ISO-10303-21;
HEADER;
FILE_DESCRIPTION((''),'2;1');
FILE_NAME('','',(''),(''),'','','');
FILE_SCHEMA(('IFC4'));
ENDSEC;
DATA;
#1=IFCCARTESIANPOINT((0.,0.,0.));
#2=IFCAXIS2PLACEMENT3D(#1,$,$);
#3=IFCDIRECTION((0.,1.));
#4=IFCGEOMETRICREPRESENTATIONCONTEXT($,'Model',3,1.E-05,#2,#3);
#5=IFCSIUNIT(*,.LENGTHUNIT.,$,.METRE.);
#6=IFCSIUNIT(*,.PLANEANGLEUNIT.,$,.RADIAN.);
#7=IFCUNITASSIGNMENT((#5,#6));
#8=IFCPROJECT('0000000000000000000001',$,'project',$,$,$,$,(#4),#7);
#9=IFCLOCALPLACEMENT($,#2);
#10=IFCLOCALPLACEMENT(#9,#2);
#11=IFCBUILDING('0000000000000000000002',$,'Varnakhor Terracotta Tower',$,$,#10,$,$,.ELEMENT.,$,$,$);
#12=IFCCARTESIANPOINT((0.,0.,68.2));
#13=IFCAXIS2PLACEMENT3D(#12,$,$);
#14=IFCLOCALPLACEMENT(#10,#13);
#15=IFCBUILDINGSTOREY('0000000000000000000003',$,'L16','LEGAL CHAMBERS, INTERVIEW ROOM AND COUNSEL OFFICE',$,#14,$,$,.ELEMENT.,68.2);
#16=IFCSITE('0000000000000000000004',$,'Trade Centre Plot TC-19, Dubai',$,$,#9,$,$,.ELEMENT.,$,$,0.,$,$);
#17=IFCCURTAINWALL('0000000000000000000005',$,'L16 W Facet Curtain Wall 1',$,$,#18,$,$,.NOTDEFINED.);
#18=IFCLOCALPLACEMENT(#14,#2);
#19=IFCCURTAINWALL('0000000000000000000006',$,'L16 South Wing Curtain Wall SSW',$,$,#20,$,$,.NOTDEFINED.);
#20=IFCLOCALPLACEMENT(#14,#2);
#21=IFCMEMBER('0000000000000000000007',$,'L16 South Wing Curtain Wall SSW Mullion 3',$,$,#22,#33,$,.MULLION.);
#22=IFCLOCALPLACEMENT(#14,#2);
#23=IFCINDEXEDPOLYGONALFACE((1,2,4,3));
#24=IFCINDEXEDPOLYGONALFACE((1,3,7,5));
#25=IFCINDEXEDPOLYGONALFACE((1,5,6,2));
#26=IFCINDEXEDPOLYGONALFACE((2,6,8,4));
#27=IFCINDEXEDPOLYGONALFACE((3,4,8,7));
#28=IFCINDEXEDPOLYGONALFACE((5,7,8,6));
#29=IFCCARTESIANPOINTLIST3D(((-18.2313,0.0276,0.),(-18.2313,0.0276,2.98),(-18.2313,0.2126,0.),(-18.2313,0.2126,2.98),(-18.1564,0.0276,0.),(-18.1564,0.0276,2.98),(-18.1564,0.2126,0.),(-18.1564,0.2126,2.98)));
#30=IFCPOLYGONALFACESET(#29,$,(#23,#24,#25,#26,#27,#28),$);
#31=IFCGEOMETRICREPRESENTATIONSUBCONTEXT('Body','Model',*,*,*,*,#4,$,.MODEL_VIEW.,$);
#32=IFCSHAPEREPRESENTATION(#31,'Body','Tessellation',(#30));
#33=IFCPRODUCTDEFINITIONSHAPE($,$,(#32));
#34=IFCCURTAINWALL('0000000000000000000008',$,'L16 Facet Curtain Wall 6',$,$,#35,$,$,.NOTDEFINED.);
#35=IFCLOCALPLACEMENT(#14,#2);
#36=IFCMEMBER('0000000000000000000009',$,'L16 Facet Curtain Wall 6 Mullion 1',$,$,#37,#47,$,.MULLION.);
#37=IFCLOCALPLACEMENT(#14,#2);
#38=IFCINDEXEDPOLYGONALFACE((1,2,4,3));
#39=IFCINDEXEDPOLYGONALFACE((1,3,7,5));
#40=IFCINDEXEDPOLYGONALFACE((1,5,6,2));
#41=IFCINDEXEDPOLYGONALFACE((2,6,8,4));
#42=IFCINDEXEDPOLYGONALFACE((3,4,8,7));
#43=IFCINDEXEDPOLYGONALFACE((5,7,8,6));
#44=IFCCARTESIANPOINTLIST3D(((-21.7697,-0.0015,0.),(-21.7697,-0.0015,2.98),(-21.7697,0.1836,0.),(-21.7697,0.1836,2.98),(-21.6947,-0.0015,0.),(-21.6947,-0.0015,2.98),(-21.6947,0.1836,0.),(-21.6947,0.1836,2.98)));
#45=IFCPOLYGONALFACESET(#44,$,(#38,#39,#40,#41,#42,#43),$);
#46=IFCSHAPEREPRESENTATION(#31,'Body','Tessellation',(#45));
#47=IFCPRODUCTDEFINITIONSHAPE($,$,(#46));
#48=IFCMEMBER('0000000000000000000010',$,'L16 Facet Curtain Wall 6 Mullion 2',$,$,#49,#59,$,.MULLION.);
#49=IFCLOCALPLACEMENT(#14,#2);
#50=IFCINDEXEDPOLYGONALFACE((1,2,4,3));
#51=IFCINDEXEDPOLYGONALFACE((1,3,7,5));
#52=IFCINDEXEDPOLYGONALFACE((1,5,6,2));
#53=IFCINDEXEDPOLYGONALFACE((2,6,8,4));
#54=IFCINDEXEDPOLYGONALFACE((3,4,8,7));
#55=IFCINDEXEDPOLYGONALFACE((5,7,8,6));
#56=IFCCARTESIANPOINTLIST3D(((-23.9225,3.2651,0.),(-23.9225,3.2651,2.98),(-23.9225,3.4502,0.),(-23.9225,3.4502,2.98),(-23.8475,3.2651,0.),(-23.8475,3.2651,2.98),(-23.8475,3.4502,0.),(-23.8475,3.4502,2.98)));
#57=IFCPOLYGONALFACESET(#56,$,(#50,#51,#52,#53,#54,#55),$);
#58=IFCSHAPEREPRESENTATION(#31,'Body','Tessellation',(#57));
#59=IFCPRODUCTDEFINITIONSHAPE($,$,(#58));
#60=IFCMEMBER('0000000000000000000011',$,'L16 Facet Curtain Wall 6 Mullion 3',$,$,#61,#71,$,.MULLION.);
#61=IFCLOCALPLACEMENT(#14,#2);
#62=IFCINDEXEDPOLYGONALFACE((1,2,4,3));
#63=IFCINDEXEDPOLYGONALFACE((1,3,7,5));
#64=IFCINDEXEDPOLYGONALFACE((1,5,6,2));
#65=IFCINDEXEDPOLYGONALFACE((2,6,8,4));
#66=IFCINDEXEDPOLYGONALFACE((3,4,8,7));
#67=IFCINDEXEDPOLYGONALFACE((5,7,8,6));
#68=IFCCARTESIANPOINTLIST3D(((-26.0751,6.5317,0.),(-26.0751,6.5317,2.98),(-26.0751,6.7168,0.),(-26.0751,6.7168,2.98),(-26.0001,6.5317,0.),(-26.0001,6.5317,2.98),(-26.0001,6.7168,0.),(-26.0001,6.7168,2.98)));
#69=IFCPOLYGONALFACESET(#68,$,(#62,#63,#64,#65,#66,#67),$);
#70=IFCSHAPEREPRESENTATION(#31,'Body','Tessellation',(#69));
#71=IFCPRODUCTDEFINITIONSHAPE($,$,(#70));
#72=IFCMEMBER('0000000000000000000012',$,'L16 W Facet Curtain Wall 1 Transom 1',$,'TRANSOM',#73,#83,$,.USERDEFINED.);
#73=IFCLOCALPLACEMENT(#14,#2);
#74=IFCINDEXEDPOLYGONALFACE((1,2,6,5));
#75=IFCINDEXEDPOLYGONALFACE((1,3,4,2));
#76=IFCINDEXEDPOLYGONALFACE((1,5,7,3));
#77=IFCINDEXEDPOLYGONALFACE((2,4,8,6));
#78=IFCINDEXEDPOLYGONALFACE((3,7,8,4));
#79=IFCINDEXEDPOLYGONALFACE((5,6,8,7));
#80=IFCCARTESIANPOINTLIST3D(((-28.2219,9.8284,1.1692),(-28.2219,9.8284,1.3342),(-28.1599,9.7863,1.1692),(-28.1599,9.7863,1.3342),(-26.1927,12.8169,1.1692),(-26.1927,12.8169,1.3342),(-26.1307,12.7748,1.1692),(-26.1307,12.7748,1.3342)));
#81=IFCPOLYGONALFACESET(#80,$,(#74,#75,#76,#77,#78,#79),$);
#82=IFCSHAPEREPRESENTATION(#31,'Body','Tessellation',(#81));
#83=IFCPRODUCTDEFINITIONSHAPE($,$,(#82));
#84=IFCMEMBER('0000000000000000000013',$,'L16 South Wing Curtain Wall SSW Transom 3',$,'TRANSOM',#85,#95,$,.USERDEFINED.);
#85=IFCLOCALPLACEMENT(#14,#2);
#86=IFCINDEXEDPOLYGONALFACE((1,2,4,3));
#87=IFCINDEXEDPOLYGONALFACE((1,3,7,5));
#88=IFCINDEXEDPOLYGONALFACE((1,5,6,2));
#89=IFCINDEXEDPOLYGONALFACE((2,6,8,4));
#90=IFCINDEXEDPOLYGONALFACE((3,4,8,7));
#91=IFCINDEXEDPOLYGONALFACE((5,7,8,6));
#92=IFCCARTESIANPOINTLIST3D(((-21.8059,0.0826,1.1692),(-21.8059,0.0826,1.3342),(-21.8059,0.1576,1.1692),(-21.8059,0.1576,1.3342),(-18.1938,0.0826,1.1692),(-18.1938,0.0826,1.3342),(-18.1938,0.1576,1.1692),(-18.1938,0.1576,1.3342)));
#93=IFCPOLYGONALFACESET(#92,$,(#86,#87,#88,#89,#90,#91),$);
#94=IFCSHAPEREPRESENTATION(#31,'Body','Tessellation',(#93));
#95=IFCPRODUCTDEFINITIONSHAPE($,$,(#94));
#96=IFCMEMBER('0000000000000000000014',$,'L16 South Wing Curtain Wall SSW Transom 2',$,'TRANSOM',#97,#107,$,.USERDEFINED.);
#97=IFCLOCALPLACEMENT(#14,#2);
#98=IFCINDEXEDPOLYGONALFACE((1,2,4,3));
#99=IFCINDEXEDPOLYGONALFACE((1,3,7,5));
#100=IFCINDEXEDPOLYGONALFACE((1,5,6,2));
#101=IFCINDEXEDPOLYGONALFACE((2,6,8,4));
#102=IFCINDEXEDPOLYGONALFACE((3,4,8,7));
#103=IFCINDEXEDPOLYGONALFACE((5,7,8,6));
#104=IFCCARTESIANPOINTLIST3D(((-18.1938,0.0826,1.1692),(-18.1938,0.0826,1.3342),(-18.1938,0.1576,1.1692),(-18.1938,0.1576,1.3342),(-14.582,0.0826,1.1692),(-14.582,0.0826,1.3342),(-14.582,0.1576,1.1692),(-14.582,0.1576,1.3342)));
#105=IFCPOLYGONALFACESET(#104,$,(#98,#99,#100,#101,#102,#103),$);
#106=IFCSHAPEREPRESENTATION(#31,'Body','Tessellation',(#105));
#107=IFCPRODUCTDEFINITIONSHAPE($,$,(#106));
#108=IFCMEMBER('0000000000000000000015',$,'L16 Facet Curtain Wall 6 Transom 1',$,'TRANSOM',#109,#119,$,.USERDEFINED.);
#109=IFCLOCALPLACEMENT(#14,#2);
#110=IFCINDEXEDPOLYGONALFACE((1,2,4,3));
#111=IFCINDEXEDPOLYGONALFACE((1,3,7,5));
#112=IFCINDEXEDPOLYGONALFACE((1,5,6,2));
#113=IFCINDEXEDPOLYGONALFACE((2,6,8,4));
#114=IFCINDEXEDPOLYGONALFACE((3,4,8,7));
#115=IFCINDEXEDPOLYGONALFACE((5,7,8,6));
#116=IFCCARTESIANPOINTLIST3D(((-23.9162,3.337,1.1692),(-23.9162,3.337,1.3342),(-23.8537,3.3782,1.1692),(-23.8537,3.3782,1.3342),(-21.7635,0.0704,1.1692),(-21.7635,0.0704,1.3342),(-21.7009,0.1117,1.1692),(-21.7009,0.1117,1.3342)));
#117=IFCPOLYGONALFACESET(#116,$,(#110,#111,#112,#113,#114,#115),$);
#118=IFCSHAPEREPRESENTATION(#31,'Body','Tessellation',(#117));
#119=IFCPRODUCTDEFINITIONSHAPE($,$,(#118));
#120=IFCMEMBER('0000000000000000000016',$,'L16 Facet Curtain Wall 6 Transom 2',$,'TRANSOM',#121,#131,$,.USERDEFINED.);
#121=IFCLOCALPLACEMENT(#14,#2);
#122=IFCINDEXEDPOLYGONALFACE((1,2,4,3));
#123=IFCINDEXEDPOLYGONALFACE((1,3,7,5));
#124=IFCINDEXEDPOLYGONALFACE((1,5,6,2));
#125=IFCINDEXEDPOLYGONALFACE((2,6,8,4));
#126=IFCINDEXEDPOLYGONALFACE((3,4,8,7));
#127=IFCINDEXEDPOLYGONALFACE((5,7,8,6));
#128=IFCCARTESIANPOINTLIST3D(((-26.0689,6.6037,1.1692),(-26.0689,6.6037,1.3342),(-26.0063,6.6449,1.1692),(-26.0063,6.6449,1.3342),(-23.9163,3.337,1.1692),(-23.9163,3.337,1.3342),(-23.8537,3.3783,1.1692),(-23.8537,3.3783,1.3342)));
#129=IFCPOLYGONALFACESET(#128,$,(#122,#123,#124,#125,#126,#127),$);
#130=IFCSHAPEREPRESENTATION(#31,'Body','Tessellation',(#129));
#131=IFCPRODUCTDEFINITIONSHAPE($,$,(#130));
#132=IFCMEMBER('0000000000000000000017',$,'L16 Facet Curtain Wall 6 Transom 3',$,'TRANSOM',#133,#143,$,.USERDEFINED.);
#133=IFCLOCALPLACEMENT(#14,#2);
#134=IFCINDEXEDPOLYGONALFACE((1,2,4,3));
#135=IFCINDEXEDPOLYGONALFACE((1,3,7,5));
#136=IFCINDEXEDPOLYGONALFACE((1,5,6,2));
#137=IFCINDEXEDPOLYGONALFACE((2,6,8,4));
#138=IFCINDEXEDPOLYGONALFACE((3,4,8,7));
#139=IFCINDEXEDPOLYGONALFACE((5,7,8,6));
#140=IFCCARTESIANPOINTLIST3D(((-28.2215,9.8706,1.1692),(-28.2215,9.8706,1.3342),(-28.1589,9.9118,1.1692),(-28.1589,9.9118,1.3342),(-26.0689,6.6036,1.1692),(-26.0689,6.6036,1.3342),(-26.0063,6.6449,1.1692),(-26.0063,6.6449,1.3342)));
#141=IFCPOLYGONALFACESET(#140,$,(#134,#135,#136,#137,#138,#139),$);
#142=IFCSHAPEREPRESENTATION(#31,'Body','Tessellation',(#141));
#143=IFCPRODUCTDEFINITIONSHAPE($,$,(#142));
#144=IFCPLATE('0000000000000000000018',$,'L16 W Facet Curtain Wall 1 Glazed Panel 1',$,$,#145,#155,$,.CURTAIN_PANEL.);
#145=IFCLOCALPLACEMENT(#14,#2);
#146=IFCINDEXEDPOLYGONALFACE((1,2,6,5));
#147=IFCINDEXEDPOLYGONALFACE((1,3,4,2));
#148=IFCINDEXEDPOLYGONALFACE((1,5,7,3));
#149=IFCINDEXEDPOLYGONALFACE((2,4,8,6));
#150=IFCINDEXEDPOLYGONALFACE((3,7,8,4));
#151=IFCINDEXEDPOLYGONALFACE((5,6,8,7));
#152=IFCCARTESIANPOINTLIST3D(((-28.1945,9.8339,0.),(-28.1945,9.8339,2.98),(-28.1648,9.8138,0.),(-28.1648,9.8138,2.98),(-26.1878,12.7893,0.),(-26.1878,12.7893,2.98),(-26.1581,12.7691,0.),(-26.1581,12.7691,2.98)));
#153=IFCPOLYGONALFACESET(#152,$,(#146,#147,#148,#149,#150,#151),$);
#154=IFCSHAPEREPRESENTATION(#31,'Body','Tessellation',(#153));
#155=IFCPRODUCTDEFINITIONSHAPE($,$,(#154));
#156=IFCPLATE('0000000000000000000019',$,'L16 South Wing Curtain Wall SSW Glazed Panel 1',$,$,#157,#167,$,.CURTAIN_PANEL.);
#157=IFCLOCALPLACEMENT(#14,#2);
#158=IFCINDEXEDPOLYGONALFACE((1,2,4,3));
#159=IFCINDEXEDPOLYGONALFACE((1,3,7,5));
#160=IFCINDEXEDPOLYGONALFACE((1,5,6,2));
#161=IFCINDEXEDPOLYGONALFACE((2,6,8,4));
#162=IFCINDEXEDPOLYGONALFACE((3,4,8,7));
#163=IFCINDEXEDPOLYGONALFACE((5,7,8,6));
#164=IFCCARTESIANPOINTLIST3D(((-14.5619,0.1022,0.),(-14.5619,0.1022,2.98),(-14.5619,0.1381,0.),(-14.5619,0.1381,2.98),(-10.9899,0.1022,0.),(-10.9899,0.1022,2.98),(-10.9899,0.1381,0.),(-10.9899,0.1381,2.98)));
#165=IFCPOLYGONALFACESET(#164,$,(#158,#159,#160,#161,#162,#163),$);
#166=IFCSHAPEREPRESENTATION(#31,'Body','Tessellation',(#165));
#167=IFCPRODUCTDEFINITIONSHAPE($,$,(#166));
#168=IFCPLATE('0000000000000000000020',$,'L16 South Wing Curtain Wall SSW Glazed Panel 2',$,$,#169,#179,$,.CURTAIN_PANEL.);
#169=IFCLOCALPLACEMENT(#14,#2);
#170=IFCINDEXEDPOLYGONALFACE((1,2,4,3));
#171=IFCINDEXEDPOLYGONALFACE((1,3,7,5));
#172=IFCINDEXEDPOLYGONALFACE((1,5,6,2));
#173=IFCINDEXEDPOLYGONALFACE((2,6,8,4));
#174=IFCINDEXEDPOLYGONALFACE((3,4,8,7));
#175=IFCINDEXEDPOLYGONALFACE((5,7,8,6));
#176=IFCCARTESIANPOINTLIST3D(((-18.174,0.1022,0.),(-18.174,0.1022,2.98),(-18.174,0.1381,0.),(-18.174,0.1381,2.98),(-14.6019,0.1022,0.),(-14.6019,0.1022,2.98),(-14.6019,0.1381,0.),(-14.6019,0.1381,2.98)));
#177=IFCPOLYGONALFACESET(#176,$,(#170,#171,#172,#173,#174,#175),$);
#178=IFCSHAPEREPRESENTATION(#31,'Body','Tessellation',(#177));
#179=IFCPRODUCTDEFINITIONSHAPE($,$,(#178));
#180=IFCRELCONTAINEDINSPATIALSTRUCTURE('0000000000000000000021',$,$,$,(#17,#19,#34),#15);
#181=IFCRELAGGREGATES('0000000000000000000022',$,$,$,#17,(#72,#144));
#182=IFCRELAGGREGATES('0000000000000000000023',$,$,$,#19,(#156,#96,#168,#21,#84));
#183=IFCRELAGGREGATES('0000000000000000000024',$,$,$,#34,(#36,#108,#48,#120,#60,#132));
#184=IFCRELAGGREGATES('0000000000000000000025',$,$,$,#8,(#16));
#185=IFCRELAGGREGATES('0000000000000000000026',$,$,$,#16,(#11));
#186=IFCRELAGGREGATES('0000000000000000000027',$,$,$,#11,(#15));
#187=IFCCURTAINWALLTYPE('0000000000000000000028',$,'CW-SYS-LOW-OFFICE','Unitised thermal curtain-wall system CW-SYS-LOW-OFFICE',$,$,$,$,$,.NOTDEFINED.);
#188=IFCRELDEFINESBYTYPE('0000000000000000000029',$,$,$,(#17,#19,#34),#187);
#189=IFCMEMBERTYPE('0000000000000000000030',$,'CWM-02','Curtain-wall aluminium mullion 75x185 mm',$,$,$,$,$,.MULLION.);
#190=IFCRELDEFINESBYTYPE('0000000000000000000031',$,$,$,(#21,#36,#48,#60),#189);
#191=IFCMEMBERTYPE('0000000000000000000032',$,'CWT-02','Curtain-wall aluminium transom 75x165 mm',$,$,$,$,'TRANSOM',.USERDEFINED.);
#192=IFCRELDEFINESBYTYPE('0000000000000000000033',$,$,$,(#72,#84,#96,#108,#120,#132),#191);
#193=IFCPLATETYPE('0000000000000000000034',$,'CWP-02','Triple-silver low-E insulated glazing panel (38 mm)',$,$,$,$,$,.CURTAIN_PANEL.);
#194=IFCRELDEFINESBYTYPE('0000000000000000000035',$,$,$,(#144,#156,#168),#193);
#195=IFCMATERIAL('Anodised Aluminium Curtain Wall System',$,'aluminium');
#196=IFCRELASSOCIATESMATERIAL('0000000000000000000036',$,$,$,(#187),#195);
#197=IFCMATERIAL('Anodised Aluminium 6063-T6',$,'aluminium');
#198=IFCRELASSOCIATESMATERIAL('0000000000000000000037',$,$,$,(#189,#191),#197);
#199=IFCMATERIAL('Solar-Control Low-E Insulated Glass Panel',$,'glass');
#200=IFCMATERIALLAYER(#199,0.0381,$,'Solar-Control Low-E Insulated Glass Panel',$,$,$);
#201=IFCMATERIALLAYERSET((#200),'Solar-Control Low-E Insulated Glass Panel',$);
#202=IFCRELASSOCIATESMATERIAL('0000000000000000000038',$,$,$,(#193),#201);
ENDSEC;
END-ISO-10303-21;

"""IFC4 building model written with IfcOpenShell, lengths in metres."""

from ifc_helpers import new_model, si_unit, direction, frame, origin, origin_2d, place, context, subcontext, project, spatial, rectangle, extrude, source, transform, mapped, material, layer, layer_set, material_profile, profile_set, type_object, element, aggregate, save


model = new_model("IFC4")

# Units and contexts
model_context = context("Model", 3, precision=1e-05, world=origin(), true_north=direction((0.0, 1.0)))
body_context = subcontext(model_context, "Body", "Model", "MODEL_VIEW")
ifc_project = project(units=[si_unit("LENGTHUNIT", "METRE"), si_unit("PLANEANGLEUNIT", "RADIAN")], contexts=[model_context])

# Site, building, storey
site_placement = place(None, origin())
site = spatial("IfcSite", under=ifc_project, at=site_placement, Name="Trade Centre Plot TC-19, Dubai", CompositionType="ELEMENT", RefElevation=0.0)
building_placement = place(site_placement, origin())
building = spatial("IfcBuilding", under=site, at=building_placement, Name="Varnakhor Terracotta Tower", CompositionType="ELEMENT")
storey_placement = place(building_placement, frame((0.0, 0.0, 68.2)))
storey = spatial("IfcBuildingStorey", under=building, at=storey_placement, Name="L16", Description="LEGAL CHAMBERS, INTERVIEW ROOM AND COUNSEL OFFICE", CompositionType="ELEMENT", Elevation=68.2)

# Curtain wall
ifc_material_1 = material(Name="Anodised Aluminium Curtain Wall System", Category="aluminium")
curtain_wall_type = type_object("IfcCurtainWallType", Name="CW-SYS-LOW-OFFICE", Description="Unitised thermal curtain-wall system CW-SYS-LOW-OFFICE", PredefinedType="NOTDEFINED", material=ifc_material_1)
curtain_wall_1_placement = place(storey_placement, origin())
curtain_wall_1 = element("IfcCurtainWall", 1, at=curtain_wall_1_placement, inside=storey, type_object=curtain_wall_type, Name="L16 W Facet Curtain Wall 1", PredefinedType="NOTDEFINED")
ifc_material_2 = material(Name="Anodised Aluminium 6063-T6", Category="aluminium")
ifc_material_profile_1 = material_profile(ifc_material_2, rectangle(XDim=0.075, YDim=0.1851, at=origin_2d()), Name="ALU MULLION 75x185")
ifc_profile_set_1 = profile_set([ifc_material_profile_1], Name="Anodised Aluminium 6063-T6")
member_type_1 = type_object("IfcMemberType", Name="CWM-02", Description="Curtain-wall aluminium mullion 75x185 mm", PredefinedType="MULLION", material=ifc_profile_set_1)
shared_shape_1 = source(origin(), body_context, "Body", "SweptSolid", [
    extrude(rectangle(XDim=0.075, YDim=0.1851, at=origin_2d()), origin(), (0.0, 0.0, 1.0), 2.98),
])

# Curtain walls, members
curtain_wall_2_placement = place(storey_placement, origin())
curtain_wall_2 = element("IfcCurtainWall", 2, at=curtain_wall_2_placement, inside=storey, type_object=curtain_wall_type, Name="L16 South Wing Curtain Wall SSW", PredefinedType="NOTDEFINED")
member_1_placement = place(storey_placement, frame((-18.1938, 0.1201, 0.0), z_axis=(0.0, 0.0, 1.0), x_axis=(1.0, 0.0, 0.0)))
member_1 = element("IfcMember", 3, at=member_1_placement, type_object=member_type_1, Name="L16 South Wing Curtain Wall SSW Mullion 3", PredefinedType="MULLION", context=body_context, shape_type="MappedRepresentation", body=[
    mapped(shared_shape_1, transform((0.0, 0.0, 0.0), scale=1.0)),
])
curtain_wall_3_placement = place(storey_placement, origin())
curtain_wall_3 = element("IfcCurtainWall", 4, at=curtain_wall_3_placement, inside=storey, type_object=curtain_wall_type, Name="L16 Facet Curtain Wall 6", PredefinedType="NOTDEFINED")
member_2_placement = place(storey_placement, frame((-21.7322, 0.0911, 0.0), z_axis=(0.0, 0.0, 1.0), x_axis=(1.0, 0.0, 0.0)))
member_2 = element("IfcMember", 5, at=member_2_placement, type_object=member_type_1, Name="L16 Facet Curtain Wall 6 Mullion 1", PredefinedType="MULLION", context=body_context, shape_type="MappedRepresentation", body=[
    mapped(shared_shape_1, transform((0.0, 0.0, 0.0), scale=1.0)),
])
member_3_placement = place(storey_placement, frame((-23.885, 3.3577, 0.0), z_axis=(0.0, 0.0, 1.0), x_axis=(1.0, 0.0, 0.0)))
member_3 = element("IfcMember", 6, at=member_3_placement, type_object=member_type_1, Name="L16 Facet Curtain Wall 6 Mullion 2", PredefinedType="MULLION", context=body_context, shape_type="MappedRepresentation", body=[
    mapped(shared_shape_1, transform((0.0, 0.0, 0.0), scale=1.0)),
])
member_4_placement = place(storey_placement, frame((-26.0376, 6.6243, 0.0), z_axis=(0.0, 0.0, 1.0), x_axis=(1.0, 0.0, 0.0)))
member_4 = element("IfcMember", 7, at=member_4_placement, type_object=member_type_1, Name="L16 Facet Curtain Wall 6 Mullion 3", PredefinedType="MULLION", context=body_context, shape_type="MappedRepresentation", body=[
    mapped(shared_shape_1, transform((0.0, 0.0, 0.0), scale=1.0)),
])

# Members
ifc_material_profile_2 = material_profile(ifc_material_2, rectangle(XDim=0.075, YDim=0.165, at=origin_2d()), Name="ALU TRANSOM 75x165")
ifc_profile_set_2 = profile_set([ifc_material_profile_2], Name="Anodised Aluminium 6063-T6")
member_type_2 = type_object("IfcMemberType", Name="CWT-02", Description="Curtain-wall aluminium transom 75x165 mm", ElementType="TRANSOM", PredefinedType="USERDEFINED", material=ifc_profile_set_2)
shared_shape_2 = source(origin(), body_context, "Body", "SweptSolid", [
    extrude(rectangle(XDim=0.075, YDim=0.165, at=origin_2d()), origin(), (0.0, 0.0, 1.0), 3.6123),
])
member_5_placement = place(storey_placement, frame((-28.1909, 9.8074, 1.2517), z_axis=(0.561761, 0.8273, 0.0), x_axis=(-0.8273, 0.561761, 0.0)))
member_5 = element("IfcMember", 8, at=member_5_placement, type_object=member_type_2, Name="L16 W Facet Curtain Wall 1 Transom 1", ObjectType="TRANSOM", PredefinedType="USERDEFINED", context=body_context, shape_type="MappedRepresentation", body=[
    mapped(shared_shape_2, transform((0.0, 0.0, 0.0), scale=1.0)),
])
shared_shape_3 = source(origin(), body_context, "Body", "SweptSolid", [
    extrude(rectangle(XDim=0.075, YDim=0.165, at=origin_2d()), origin(), (0.0, 0.0, 1.0), 3.6121),
])
member_6_placement = place(storey_placement, frame((-18.1938, 0.1201, 1.2517), z_axis=(-1.0, 0.0, 0.0), x_axis=(0.0, -1.0, 0.0)))
member_6 = element("IfcMember", 9, at=member_6_placement, type_object=member_type_2, Name="L16 South Wing Curtain Wall SSW Transom 3", ObjectType="TRANSOM", PredefinedType="USERDEFINED", context=body_context, shape_type="MappedRepresentation", body=[
    mapped(shared_shape_3, transform((0.0, 0.0, 0.0), scale=1.0)),
])
shared_shape_4 = source(origin(), body_context, "Body", "SweptSolid", [
    extrude(rectangle(XDim=0.075, YDim=0.165, at=origin_2d()), origin(), (0.0, 0.0, 1.0), 3.6118),
])
member_7_placement = place(storey_placement, frame((-14.582, 0.1201, 1.2517), z_axis=(-1.0, 0.0, 0.0), x_axis=(0.0, -1.0, 0.0)))
member_7 = element("IfcMember", 10, at=member_7_placement, type_object=member_type_2, Name="L16 South Wing Curtain Wall SSW Transom 2", ObjectType="TRANSOM", PredefinedType="USERDEFINED", context=body_context, shape_type="MappedRepresentation", body=[
    mapped(shared_shape_4, transform((0.0, 0.0, 0.0), scale=1.0)),
])
shared_shape_5 = source(origin(), body_context, "Body", "SweptSolid", [
    extrude(rectangle(XDim=0.075, YDim=0.165, at=origin_2d()), origin(), (0.0, 0.0, 1.0), 3.9121),
])
member_8_placement = place(storey_placement, frame((-21.7322, 0.0911, 1.2517), z_axis=(-0.550286, 0.834976, 0.0), x_axis=(-0.834976, -0.550286, 0.0)))
member_8 = element("IfcMember", 11, at=member_8_placement, type_object=member_type_2, Name="L16 Facet Curtain Wall 6 Transom 1", ObjectType="TRANSOM", PredefinedType="USERDEFINED", context=body_context, shape_type="MappedRepresentation", body=[
    mapped(shared_shape_5, transform((0.0, 0.0, 0.0), scale=1.0)),
])
member_9_placement = place(storey_placement, frame((-23.885, 3.3577, 1.2517), z_axis=(-0.550242, 0.835005, 0.0), x_axis=(-0.835005, -0.550242, 0.0)))
member_9 = element("IfcMember", 12, at=member_9_placement, type_object=member_type_2, Name="L16 Facet Curtain Wall 6 Transom 2", ObjectType="TRANSOM", PredefinedType="USERDEFINED", context=body_context, shape_type="MappedRepresentation", body=[
    mapped(shared_shape_5, transform((0.0, 0.0, 0.0), scale=1.0)),
])
shared_shape_6 = source(origin(), body_context, "Body", "SweptSolid", [
    extrude(rectangle(XDim=0.075, YDim=0.165, at=origin_2d()), origin(), (0.0, 0.0, 1.0), 3.9124),
])
member_10_placement = place(storey_placement, frame((-26.0376, 6.6243, 1.2517), z_axis=(-0.550213, 0.835024, 0.0), x_axis=(-0.835024, -0.550213, 0.0)))
member_10 = element("IfcMember", 13, at=member_10_placement, type_object=member_type_2, Name="L16 Facet Curtain Wall 6 Transom 3", ObjectType="TRANSOM", PredefinedType="USERDEFINED", context=body_context, shape_type="MappedRepresentation", body=[
    mapped(shared_shape_6, transform((0.0, 0.0, 0.0), scale=1.0)),
])

# Plates
ifc_material_3 = material(Name="Solar-Control Low-E Insulated Glass Panel", Category="glass")
ifc_layer_1 = layer(ifc_material_3, 0.0381, Name="Solar-Control Low-E Insulated Glass Panel")
ifc_layer_set_1 = layer_set([ifc_layer_1], Name="Solar-Control Low-E Insulated Glass Panel")
plate_type = type_object("IfcPlateType", Name="CWP-02", Description="Triple-silver low-E insulated glazing panel (38 mm)", PredefinedType="CURTAIN_PANEL", material=ifc_layer_set_1)
shared_shape_7 = source(origin(), body_context, "Body", "SweptSolid", [
    extrude(rectangle(XDim=3.5723, YDim=0.0359, at=origin_2d()), origin(), (0.0, 0.0, 1.0), 2.98),
])
plate_1_placement = place(storey_placement, frame((-27.1763, 11.3015, 0.0), z_axis=(0.0, 0.0, 1.0), x_axis=(0.561751, 0.827306, 0.0)))
plate_1 = element("IfcPlate", 14, at=plate_1_placement, type_object=plate_type, Name="L16 W Facet Curtain Wall 1 Glazed Panel 1", PredefinedType="CURTAIN_PANEL", context=body_context, shape_type="MappedRepresentation", body=[
    mapped(shared_shape_7, transform((0.0, 0.0, 0.0), scale=1.0)),
])
aggregate(curtain_wall_1, [member_5, plate_1])
shared_shape_8 = source(origin(), body_context, "Body", "SweptSolid", [
    extrude(rectangle(XDim=3.572, YDim=0.0359, at=origin_2d()), origin(), (0.0, 0.0, 1.0), 2.98),
])
plate_2_placement = place(storey_placement, frame((-12.7759, 0.1201, 0.0), z_axis=(0.0, 0.0, 1.0), x_axis=(-1.0, 0.0, 0.0)))
plate_2 = element("IfcPlate", 15, at=plate_2_placement, type_object=plate_type, Name="L16 South Wing Curtain Wall SSW Glazed Panel 1", PredefinedType="CURTAIN_PANEL", context=body_context, shape_type="MappedRepresentation", body=[
    mapped(shared_shape_8, transform((0.0, 0.0, 0.0), scale=1.0)),
])
plate_3_placement = place(storey_placement, frame((-16.3879, 0.1201, 0.0), z_axis=(0.0, 0.0, 1.0), x_axis=(-1.0, 0.0, 0.0)))
plate_3 = element("IfcPlate", 16, at=plate_3_placement, type_object=plate_type, Name="L16 South Wing Curtain Wall SSW Glazed Panel 2", PredefinedType="CURTAIN_PANEL", context=body_context, shape_type="MappedRepresentation", body=[
    mapped(shared_shape_8, transform((0.0, 0.0, 0.0), scale=1.0)),
])
aggregate(curtain_wall_2, [plate_2, member_7, plate_3, member_1, member_6])
aggregate(curtain_wall_3, [member_2, member_8, member_3, member_9, member_4, member_10])

save(model, "model.ifc")
